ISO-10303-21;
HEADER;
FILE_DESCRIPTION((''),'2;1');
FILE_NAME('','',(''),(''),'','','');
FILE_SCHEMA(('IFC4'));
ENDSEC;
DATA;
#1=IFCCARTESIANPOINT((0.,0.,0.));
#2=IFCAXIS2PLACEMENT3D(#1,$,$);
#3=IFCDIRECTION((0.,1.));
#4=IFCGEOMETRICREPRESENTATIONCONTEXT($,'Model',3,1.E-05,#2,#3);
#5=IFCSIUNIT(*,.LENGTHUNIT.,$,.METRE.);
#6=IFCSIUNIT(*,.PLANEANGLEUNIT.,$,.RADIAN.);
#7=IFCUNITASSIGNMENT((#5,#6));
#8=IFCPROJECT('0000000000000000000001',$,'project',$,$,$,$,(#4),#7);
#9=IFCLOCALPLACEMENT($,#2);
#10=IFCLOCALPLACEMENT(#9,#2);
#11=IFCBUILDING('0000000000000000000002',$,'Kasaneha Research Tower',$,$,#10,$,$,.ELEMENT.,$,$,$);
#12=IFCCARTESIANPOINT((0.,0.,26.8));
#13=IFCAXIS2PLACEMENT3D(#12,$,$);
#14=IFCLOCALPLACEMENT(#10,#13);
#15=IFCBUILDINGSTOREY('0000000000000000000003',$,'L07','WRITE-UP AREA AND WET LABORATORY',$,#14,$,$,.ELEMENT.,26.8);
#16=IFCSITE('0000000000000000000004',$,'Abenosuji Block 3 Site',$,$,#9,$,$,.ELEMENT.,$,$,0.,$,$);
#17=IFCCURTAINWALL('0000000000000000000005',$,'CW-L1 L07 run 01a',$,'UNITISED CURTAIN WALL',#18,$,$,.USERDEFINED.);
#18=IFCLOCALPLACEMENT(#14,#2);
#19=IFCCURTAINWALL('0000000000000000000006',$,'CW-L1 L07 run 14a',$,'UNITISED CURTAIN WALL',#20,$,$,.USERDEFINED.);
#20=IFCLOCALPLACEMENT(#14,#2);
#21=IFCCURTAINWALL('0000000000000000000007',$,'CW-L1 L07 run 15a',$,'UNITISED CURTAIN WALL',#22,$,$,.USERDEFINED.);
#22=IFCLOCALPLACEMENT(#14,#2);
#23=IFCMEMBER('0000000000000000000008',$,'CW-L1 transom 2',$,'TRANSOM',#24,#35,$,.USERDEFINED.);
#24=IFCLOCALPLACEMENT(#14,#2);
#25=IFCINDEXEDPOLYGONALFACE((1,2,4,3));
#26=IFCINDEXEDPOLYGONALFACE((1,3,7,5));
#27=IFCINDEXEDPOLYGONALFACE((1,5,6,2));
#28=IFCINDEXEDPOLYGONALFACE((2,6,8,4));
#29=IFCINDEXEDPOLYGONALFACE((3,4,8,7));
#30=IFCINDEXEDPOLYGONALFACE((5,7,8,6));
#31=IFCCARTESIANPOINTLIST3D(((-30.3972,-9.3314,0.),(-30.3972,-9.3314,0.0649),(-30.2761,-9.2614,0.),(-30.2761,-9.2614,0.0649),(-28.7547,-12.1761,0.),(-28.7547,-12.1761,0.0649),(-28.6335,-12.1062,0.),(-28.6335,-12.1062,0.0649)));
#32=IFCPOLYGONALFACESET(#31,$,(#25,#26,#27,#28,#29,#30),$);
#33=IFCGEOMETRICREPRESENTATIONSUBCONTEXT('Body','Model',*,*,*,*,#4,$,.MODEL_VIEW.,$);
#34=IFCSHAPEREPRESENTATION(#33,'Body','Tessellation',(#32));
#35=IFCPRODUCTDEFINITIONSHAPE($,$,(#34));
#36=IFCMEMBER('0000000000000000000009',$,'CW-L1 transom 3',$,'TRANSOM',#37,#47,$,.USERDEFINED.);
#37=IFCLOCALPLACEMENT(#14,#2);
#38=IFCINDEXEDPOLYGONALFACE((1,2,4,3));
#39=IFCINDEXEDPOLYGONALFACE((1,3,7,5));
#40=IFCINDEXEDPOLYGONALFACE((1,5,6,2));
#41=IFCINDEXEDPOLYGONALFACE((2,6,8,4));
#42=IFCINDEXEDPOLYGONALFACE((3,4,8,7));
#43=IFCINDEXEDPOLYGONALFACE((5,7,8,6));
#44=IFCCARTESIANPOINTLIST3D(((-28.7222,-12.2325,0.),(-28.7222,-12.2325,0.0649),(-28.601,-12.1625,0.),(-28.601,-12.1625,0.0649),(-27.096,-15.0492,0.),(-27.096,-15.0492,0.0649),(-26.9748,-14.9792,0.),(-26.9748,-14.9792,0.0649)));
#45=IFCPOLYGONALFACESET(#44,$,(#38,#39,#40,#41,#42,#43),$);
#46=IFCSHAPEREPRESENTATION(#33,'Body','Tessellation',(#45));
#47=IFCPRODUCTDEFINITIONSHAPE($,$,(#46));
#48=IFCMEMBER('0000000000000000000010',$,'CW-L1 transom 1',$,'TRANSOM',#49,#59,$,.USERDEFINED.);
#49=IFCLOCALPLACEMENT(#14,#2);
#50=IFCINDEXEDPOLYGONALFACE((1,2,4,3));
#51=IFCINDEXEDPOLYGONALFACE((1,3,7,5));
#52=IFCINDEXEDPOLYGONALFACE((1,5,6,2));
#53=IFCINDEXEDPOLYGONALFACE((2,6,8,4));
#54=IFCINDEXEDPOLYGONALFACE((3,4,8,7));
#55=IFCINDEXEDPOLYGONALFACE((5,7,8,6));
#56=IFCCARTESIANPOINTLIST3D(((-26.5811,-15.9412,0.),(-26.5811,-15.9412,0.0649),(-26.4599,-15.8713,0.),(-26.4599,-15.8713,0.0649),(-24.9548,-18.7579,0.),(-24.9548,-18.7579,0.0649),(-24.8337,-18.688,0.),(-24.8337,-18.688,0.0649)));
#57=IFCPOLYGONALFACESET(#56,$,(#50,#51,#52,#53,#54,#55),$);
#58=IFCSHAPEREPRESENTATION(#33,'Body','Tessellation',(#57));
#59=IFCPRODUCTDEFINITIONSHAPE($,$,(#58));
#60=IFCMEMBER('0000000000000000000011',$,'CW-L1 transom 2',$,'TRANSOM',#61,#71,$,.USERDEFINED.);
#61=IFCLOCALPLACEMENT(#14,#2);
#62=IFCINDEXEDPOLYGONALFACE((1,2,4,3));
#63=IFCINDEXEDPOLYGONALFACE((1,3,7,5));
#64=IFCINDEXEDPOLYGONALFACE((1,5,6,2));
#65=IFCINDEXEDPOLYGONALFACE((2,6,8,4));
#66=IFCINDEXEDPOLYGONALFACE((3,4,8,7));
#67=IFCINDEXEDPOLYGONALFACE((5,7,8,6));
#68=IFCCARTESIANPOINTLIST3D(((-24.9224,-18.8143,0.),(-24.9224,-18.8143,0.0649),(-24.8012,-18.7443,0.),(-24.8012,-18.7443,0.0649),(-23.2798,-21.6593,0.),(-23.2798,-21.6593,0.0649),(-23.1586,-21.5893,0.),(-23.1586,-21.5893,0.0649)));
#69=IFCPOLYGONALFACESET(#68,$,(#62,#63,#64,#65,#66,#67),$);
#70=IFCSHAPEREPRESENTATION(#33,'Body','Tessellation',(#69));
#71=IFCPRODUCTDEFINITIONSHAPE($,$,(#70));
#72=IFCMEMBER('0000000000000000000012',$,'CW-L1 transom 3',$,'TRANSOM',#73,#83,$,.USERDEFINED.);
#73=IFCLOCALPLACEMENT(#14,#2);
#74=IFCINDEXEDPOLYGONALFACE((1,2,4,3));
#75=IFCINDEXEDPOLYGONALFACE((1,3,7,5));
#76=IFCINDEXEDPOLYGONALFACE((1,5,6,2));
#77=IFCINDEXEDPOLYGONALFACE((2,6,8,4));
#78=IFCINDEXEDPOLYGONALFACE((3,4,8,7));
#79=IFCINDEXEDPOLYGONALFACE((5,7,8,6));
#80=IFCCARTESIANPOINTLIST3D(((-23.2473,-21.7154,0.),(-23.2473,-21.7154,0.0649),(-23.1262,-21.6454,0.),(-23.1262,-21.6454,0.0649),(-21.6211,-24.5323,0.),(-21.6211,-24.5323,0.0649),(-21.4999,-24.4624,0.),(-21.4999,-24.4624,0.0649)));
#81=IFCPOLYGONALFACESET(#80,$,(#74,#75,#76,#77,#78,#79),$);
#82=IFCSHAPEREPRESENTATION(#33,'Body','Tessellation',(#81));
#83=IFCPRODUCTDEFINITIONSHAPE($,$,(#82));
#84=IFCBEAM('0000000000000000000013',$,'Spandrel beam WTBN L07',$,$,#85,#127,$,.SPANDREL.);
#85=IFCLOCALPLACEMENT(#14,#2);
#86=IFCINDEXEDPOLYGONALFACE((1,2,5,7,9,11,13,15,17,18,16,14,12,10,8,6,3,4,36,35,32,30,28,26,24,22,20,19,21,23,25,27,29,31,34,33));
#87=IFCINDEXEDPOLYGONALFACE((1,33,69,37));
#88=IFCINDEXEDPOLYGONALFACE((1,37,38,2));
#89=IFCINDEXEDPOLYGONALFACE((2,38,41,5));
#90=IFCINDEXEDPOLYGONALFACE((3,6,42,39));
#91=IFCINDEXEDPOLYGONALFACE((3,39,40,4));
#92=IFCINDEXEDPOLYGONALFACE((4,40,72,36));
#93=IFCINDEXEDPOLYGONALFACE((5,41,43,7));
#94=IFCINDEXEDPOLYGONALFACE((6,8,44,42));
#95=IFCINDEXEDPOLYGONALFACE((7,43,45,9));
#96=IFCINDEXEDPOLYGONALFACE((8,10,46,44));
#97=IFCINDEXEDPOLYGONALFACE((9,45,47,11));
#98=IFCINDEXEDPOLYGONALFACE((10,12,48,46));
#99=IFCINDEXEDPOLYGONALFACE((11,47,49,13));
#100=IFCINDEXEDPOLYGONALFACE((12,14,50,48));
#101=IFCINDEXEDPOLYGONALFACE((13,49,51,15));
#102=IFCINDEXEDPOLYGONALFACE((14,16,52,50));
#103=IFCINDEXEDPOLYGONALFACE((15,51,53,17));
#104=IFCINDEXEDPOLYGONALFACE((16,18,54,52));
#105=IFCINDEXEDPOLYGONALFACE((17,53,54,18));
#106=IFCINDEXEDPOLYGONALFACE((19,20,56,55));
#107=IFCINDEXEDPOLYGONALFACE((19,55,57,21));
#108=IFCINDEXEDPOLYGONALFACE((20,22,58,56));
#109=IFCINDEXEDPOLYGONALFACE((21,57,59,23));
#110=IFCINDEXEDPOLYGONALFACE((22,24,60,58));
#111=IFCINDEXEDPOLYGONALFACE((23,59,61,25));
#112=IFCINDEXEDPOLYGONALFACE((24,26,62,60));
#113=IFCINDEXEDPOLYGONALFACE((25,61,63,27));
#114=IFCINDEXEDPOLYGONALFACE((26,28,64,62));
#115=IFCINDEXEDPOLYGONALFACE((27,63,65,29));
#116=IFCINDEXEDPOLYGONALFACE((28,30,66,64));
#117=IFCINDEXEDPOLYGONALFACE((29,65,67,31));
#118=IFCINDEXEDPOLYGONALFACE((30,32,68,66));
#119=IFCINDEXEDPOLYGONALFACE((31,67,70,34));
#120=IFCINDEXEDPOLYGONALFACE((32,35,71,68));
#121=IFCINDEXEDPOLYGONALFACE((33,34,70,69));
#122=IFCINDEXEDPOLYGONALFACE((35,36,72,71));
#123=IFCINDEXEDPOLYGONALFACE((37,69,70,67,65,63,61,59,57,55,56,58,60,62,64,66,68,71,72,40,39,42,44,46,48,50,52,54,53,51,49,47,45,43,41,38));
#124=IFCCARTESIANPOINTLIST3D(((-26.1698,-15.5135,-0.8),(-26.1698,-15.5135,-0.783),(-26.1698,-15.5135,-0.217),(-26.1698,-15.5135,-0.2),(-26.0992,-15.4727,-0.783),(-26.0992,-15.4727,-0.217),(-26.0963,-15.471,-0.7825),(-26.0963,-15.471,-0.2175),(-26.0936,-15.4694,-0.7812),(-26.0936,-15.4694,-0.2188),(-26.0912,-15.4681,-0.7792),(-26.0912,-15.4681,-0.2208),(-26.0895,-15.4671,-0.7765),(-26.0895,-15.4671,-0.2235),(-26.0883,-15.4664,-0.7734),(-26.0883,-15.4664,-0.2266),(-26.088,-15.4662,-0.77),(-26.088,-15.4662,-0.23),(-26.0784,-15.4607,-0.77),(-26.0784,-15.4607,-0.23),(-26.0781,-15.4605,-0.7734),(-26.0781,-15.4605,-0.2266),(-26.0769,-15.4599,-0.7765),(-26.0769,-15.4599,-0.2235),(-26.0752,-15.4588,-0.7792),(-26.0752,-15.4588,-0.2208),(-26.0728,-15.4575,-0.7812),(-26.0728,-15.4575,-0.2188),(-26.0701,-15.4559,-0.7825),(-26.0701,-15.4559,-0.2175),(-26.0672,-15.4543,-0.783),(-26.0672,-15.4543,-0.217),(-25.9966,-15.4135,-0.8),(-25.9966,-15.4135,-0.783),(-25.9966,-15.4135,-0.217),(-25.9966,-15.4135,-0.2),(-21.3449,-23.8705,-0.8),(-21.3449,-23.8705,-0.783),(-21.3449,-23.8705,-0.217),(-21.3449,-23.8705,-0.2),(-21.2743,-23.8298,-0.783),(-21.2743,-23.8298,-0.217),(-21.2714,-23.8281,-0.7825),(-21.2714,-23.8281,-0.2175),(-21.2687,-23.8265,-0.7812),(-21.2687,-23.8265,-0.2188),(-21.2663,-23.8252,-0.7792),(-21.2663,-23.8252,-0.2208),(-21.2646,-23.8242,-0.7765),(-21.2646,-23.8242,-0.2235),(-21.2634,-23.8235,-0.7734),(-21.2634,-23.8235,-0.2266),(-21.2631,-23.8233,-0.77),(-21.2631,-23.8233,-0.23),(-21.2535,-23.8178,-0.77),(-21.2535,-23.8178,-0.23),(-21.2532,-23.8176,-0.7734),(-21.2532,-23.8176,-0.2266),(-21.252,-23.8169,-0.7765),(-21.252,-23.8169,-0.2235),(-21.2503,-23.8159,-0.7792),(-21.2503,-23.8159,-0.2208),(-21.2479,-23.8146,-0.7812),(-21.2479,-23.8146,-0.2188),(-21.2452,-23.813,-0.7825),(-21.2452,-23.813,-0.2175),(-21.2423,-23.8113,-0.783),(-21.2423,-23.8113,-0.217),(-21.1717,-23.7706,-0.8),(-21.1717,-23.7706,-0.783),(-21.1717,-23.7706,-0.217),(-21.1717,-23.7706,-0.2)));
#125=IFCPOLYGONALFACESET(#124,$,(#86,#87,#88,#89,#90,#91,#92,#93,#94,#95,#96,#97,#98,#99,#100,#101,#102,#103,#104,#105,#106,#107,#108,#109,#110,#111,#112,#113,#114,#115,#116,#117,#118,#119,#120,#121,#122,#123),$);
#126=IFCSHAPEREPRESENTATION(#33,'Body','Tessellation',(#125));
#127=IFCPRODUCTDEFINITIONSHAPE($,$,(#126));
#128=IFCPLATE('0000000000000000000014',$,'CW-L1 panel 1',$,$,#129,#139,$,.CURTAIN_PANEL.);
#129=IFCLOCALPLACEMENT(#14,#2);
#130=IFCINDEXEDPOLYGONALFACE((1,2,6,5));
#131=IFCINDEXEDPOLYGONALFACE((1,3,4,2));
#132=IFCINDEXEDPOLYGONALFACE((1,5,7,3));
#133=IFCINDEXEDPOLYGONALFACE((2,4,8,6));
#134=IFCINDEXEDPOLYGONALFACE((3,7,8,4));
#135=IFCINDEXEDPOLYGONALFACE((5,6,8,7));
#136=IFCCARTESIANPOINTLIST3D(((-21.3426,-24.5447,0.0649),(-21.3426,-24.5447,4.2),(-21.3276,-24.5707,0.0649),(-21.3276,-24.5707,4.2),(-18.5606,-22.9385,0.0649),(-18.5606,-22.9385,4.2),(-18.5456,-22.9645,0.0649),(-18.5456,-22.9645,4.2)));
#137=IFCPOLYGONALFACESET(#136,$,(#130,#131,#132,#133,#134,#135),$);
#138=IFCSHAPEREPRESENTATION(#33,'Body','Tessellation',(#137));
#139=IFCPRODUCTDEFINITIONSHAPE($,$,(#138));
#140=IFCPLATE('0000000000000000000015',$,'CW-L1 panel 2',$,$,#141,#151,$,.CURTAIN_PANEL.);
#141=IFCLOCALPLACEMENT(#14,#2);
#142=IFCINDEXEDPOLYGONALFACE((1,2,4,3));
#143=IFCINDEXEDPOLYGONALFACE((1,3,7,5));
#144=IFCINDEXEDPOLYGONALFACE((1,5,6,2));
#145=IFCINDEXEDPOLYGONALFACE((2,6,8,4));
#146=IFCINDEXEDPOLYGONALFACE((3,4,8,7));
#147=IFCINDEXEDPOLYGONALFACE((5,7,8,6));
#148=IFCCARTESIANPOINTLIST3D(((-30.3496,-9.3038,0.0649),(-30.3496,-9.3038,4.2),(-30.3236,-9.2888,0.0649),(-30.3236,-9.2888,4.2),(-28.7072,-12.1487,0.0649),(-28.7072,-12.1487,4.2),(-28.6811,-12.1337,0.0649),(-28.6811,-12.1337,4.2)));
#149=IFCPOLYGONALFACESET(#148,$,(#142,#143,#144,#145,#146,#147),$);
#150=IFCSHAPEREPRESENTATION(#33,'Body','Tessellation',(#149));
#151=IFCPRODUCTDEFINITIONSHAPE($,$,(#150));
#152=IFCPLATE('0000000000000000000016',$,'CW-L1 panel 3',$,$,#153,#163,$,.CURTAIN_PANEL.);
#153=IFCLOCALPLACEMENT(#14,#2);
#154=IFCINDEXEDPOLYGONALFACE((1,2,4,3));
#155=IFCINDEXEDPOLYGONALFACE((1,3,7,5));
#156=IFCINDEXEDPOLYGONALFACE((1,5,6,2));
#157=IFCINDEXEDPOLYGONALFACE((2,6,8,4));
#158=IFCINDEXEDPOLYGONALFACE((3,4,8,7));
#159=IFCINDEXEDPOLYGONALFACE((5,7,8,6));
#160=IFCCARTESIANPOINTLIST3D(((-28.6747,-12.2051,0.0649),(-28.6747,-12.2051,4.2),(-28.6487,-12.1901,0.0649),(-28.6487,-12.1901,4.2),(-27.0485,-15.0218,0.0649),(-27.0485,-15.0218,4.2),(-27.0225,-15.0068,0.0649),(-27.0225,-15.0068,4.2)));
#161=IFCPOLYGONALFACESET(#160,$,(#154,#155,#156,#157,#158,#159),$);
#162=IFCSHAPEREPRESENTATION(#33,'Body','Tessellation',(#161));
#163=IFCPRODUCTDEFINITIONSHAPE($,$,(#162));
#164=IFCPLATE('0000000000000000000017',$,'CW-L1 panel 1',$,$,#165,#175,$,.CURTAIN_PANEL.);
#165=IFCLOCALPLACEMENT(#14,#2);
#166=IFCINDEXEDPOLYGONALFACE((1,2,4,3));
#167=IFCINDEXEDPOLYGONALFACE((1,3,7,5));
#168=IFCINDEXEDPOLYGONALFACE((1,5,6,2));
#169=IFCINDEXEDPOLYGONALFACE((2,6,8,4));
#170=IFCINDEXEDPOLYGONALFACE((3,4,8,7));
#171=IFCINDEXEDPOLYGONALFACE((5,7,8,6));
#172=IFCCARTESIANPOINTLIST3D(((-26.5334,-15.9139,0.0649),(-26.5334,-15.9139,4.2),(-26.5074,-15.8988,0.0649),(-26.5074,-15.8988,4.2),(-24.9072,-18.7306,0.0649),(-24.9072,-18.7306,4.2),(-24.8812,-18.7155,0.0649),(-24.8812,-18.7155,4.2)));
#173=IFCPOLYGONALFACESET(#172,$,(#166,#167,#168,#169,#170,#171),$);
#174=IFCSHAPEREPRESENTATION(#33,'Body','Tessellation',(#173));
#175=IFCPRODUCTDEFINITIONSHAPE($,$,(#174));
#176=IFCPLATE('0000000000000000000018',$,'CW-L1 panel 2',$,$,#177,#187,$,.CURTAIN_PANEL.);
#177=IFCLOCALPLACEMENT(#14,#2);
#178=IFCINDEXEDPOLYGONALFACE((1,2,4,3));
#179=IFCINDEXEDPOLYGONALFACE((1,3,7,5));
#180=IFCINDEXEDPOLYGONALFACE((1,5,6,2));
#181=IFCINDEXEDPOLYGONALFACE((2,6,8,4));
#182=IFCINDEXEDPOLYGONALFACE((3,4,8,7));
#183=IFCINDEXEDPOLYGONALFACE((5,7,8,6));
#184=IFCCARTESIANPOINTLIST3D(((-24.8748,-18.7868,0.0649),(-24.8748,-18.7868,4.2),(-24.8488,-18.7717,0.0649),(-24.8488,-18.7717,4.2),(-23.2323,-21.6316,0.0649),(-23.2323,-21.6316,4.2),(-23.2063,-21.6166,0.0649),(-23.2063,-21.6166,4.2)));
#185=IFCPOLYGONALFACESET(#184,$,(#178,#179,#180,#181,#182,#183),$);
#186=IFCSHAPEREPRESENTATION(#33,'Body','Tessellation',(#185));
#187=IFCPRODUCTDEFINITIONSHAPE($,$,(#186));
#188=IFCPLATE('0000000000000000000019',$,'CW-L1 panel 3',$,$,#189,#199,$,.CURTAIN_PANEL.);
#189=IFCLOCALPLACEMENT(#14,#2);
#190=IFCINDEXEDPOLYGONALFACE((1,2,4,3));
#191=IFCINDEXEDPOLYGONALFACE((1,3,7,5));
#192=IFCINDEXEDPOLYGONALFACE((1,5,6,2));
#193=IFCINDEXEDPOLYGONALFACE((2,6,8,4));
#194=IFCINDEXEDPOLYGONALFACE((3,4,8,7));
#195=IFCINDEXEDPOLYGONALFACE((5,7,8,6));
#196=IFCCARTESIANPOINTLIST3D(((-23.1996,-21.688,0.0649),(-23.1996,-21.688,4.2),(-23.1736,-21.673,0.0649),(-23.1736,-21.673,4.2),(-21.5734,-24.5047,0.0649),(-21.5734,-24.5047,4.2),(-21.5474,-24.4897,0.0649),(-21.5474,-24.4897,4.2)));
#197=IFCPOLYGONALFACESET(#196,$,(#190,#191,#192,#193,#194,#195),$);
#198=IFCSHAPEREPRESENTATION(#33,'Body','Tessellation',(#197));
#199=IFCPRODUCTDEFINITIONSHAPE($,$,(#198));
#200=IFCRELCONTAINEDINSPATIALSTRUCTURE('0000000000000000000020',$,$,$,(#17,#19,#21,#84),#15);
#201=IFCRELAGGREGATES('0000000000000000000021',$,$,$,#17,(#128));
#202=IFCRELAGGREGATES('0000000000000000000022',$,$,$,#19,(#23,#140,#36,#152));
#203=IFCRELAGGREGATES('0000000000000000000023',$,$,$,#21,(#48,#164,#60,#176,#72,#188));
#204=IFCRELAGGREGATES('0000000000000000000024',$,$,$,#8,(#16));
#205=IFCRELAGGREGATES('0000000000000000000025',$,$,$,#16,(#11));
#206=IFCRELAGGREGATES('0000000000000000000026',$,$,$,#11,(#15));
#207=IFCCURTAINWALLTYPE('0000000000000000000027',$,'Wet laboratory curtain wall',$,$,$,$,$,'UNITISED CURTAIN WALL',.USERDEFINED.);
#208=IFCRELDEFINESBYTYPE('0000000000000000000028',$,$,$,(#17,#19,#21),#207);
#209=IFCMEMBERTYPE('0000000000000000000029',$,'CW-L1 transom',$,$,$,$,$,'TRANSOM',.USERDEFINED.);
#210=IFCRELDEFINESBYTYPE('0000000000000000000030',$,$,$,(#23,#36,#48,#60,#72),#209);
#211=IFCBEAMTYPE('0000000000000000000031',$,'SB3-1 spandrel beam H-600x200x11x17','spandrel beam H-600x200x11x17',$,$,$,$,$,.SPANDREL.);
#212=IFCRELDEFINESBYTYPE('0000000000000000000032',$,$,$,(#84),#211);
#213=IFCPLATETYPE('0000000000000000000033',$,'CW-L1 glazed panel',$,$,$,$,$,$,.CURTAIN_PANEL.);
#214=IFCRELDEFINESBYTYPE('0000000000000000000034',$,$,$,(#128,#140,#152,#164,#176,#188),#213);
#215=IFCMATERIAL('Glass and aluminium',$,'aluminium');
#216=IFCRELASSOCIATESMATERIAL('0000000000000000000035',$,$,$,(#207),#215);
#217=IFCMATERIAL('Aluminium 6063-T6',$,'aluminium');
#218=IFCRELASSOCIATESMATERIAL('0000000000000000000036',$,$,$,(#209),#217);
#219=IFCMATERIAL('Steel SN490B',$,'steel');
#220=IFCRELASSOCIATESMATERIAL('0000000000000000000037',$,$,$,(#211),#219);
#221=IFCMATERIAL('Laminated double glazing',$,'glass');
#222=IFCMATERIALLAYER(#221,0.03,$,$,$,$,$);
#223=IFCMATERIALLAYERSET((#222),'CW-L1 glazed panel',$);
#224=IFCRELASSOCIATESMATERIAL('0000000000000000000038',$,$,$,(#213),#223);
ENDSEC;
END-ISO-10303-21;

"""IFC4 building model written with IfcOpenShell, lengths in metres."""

from ifc_helpers import new_model, si_unit, direction, frame, origin, origin_2d, place, context, subcontext, project, spatial, rectangle, i_section, extrude, material, layer, layer_set, material_profile, profile_set, type_object, element, aggregate, save


model = new_model("IFC4")

# Units and contexts
model_context = context("Model", 3, precision=1e-05, world=origin(), true_north=direction((0.0, 1.0)))
body_context = subcontext(model_context, "Body", "Model", "MODEL_VIEW")
ifc_project = project(units=[si_unit("LENGTHUNIT", "METRE"), si_unit("PLANEANGLEUNIT", "RADIAN")], contexts=[model_context])

# Site, building, storey
site_placement = place(None, origin())
site = spatial("IfcSite", under=ifc_project, at=site_placement, Name="Abenosuji Block 3 Site", CompositionType="ELEMENT", RefElevation=0.0)
building_placement = place(site_placement, origin())
building = spatial("IfcBuilding", under=site, at=building_placement, Name="Kasaneha Research Tower", CompositionType="ELEMENT")
storey_placement = place(building_placement, frame((0.0, 0.0, 26.8)))
storey = spatial("IfcBuildingStorey", under=building, at=storey_placement, Name="L07", Description="WRITE-UP AREA AND WET LABORATORY", CompositionType="ELEMENT", Elevation=26.8)

# Curtain wall
ifc_material_1 = material(Name="Glass and aluminium", Category="aluminium")
curtain_wall_type = type_object("IfcCurtainWallType", Name="Wet laboratory curtain wall", ElementType="UNITISED CURTAIN WALL", PredefinedType="USERDEFINED", material=ifc_material_1)
curtain_wall_1_placement = place(storey_placement, origin())
curtain_wall_1 = element("IfcCurtainWall", 1, at=curtain_wall_1_placement, inside=storey, type_object=curtain_wall_type, Name="CW-L1 L07 run 01a", ObjectType="UNITISED CURTAIN WALL", PredefinedType="USERDEFINED")

# Curtain walls
curtain_wall_2_placement = place(storey_placement, origin())
curtain_wall_2 = element("IfcCurtainWall", 2, at=curtain_wall_2_placement, inside=storey, type_object=curtain_wall_type, Name="CW-L1 L07 run 14a", ObjectType="UNITISED CURTAIN WALL", PredefinedType="USERDEFINED")
curtain_wall_3_placement = place(storey_placement, origin())
curtain_wall_3 = element("IfcCurtainWall", 3, at=curtain_wall_3_placement, inside=storey, type_object=curtain_wall_type, Name="CW-L1 L07 run 15a", ObjectType="UNITISED CURTAIN WALL", PredefinedType="USERDEFINED")

# Members
ifc_material_2 = material(Name="Aluminium 6063-T6", Category="aluminium")
ifc_material_profile_1 = material_profile(ifc_material_2, rectangle(XDim=0.1399, YDim=0.0649, at=origin_2d()), Name="CW-L1 transom 140x65")
ifc_profile_set_1 = profile_set([ifc_material_profile_1], Name="Aluminium 6063-T6")
member_type_1 = type_object("IfcMemberType", Name="CW-L1 transom", ElementType="TRANSOM", PredefinedType="USERDEFINED", material=ifc_profile_set_1)
member_1_placement = place(storey_placement, frame((-30.3367, -9.2964, 0.0325), z_axis=(0.50004, -0.866002, 0.0), x_axis=(0.866002, 0.50004, 0.0)))
member_1 = element("IfcMember", 4, at=member_1_placement, type_object=member_type_1, Name="CW-L1 transom 2", ObjectType="TRANSOM", PredefinedType="USERDEFINED", context=body_context, shape_type="SweptSolid", body=[
    extrude(rectangle(XDim=0.1399, YDim=0.0649, at=origin_2d()), origin(), (0.0, 0.0, 1.0), 3.2849),
])
member_2_placement = place(storey_placement, frame((-28.6616, -12.1975, 0.0325), z_axis=(0.500006, -0.866022, 0.0), x_axis=(0.866022, 0.500006, 0.0)))
member_2 = element("IfcMember", 5, at=member_2_placement, type_object=member_type_1, Name="CW-L1 transom 3", ObjectType="TRANSOM", PredefinedType="USERDEFINED", context=body_context, shape_type="SweptSolid", body=[
    extrude(rectangle(XDim=0.1399, YDim=0.0649, at=origin_2d()), origin(), (0.0, 0.0, 1.0), 3.2524),
])
member_3_placement = place(storey_placement, frame((-26.5205, -15.9062, 0.0325), z_axis=(0.500006, -0.866022, 0.0), x_axis=(0.866022, 0.500006, 0.0)))
member_3 = element("IfcMember", 6, at=member_3_placement, type_object=member_type_1, Name="CW-L1 transom 1", ObjectType="TRANSOM", PredefinedType="USERDEFINED", context=body_context, shape_type="SweptSolid", body=[
    extrude(rectangle(XDim=0.1399, YDim=0.0649, at=origin_2d()), origin(), (0.0, 0.0, 1.0), 3.2524),
])
member_4_placement = place(storey_placement, frame((-24.8618, -18.7793, 0.0325), z_axis=(0.500008, -0.866021, 0.0), x_axis=(0.866021, 0.500008, 0.0)))
member_4 = element("IfcMember", 7, at=member_4_placement, type_object=member_type_1, Name="CW-L1 transom 2", ObjectType="TRANSOM", PredefinedType="USERDEFINED", context=body_context, shape_type="SweptSolid", body=[
    extrude(rectangle(XDim=0.1399, YDim=0.0649, at=origin_2d()), origin(), (0.0, 0.0, 1.0), 3.2852),
])
member_5_placement = place(storey_placement, frame((-23.1868, -21.6804, 0.0325), z_axis=(0.499974, -0.866041, 0.0), x_axis=(0.866041, 0.499974, 0.0)))
member_5 = element("IfcMember", 8, at=member_5_placement, type_object=member_type_1, Name="CW-L1 transom 3", ObjectType="TRANSOM", PredefinedType="USERDEFINED", context=body_context, shape_type="SweptSolid", body=[
    extrude(rectangle(XDim=0.1399, YDim=0.0649, at=origin_2d()), origin(), (0.0, 0.0, 1.0), 3.2527),
])

# Beam
ifc_material_3 = material(Name="Steel SN490B", Category="steel")
ifc_material_profile_2 = material_profile(ifc_material_3, i_section(OverallWidth=0.2, OverallDepth=0.6001, WebThickness=0.011, FlangeThickness=0.0171, FilletRadius=0.0129, at=origin_2d()), Name="H-600x200x11x17")
ifc_profile_set_2 = profile_set([ifc_material_profile_2], Name="Steel SN490B")
beam_type_1 = type_object("IfcBeamType", Name="SB3-1 spandrel beam H-600x200x11x17", Description="spandrel beam H-600x200x11x17", PredefinedType="SPANDREL", material=ifc_profile_set_2)
beam_1_placement = place(storey_placement, frame((-21.2583, -23.8206, -0.5), z_axis=(-0.499995, 0.866028, 0.0), x_axis=(-0.866028, -0.499995, 0.0)))
element("IfcBeam", 9, at=beam_1_placement, inside=storey, type_object=beam_type_1, Name="Spandrel beam WTBN L07", PredefinedType="SPANDREL", context=body_context, shape_type="SweptSolid", body=[
    extrude(i_section(OverallWidth=0.2, OverallDepth=0.6001, WebThickness=0.011, FlangeThickness=0.0171, FilletRadius=0.0129, at=origin_2d()), origin(), (0.0, 0.0, 1.0), 9.6499),
])

# Plates
ifc_material_4 = material(Name="Laminated double glazing", Category="glass")
ifc_layer_1 = layer(ifc_material_4, 0.03)
ifc_layer_set_1 = layer_set([ifc_layer_1], Name="CW-L1 glazed panel")
plate_type = type_object("IfcPlateType", Name="CW-L1 glazed panel", PredefinedType="CURTAIN_PANEL", material=ifc_layer_set_1)
plate_1_placement = place(storey_placement, frame((-19.9441, -23.7546, 0.0649), z_axis=(0.0, 0.0, 1.0), x_axis=(0.866025, 0.5, 0.0)))
plate_1 = element("IfcPlate", 10, at=plate_1_placement, type_object=plate_type, Name="CW-L1 panel 1", PredefinedType="CURTAIN_PANEL", context=body_context, shape_type="SweptSolid", body=[
    extrude(rectangle(XDim=3.2124, YDim=0.03, at=origin_2d()), origin(), (0.0, 0.0, 1.0), 4.135),
])
aggregate(curtain_wall_1, [plate_1])
plate_2_placement = place(storey_placement, frame((-29.5154, -10.7188, 0.0649), z_axis=(0.0, 0.0, 1.0), x_axis=(0.5, -0.866025, 0.0)))
plate_2 = element("IfcPlate", 11, at=plate_2_placement, type_object=plate_type, Name="CW-L1 panel 2", PredefinedType="CURTAIN_PANEL", context=body_context, shape_type="SweptSolid", body=[
    extrude(rectangle(XDim=3.2849, YDim=0.03, at=origin_2d()), origin(), (0.0, 0.0, 1.0), 4.135),
])
plate_3_placement = place(storey_placement, frame((-27.8486, -13.606, 0.0649), z_axis=(0.0, 0.0, 1.0), x_axis=(0.5, -0.866025, 0.0)))
plate_3 = element("IfcPlate", 12, at=plate_3_placement, type_object=plate_type, Name="CW-L1 panel 3", PredefinedType="CURTAIN_PANEL", context=body_context, shape_type="SweptSolid", body=[
    extrude(rectangle(XDim=3.2524, YDim=0.03, at=origin_2d()), origin(), (0.0, 0.0, 1.0), 4.135),
])
aggregate(curtain_wall_2, [member_1, plate_2, member_2, plate_3])
plate_4_placement = place(storey_placement, frame((-25.7073, -17.3147, 0.0649), z_axis=(0.0, 0.0, 1.0), x_axis=(0.5, -0.866025, 0.0)))
plate_4 = element("IfcPlate", 13, at=plate_4_placement, type_object=plate_type, Name="CW-L1 panel 1", PredefinedType="CURTAIN_PANEL", context=body_context, shape_type="SweptSolid", body=[
    extrude(rectangle(XDim=3.2524, YDim=0.03, at=origin_2d()), origin(), (0.0, 0.0, 1.0), 4.135),
])
plate_5_placement = place(storey_placement, frame((-24.0405, -20.2017, 0.0649), z_axis=(0.0, 0.0, 1.0), x_axis=(0.5, -0.866025, 0.0)))
plate_5 = element("IfcPlate", 14, at=plate_5_placement, type_object=plate_type, Name="CW-L1 panel 2", PredefinedType="CURTAIN_PANEL", context=body_context, shape_type="SweptSolid", body=[
    extrude(rectangle(XDim=3.2849, YDim=0.03, at=origin_2d()), origin(), (0.0, 0.0, 1.0), 4.135),
])
plate_6_placement = place(storey_placement, frame((-22.3735, -23.0889, 0.0649), z_axis=(0.0, 0.0, 1.0), x_axis=(0.5, -0.866025, 0.0)))
plate_6 = element("IfcPlate", 15, at=plate_6_placement, type_object=plate_type, Name="CW-L1 panel 3", PredefinedType="CURTAIN_PANEL", context=body_context, shape_type="SweptSolid", body=[
    extrude(rectangle(XDim=3.2524, YDim=0.03, at=origin_2d()), origin(), (0.0, 0.0, 1.0), 4.135),
])
aggregate(curtain_wall_3, [member_3, plate_4, member_4, plate_5, member_5, plate_6])

save(model, "model.ifc")
